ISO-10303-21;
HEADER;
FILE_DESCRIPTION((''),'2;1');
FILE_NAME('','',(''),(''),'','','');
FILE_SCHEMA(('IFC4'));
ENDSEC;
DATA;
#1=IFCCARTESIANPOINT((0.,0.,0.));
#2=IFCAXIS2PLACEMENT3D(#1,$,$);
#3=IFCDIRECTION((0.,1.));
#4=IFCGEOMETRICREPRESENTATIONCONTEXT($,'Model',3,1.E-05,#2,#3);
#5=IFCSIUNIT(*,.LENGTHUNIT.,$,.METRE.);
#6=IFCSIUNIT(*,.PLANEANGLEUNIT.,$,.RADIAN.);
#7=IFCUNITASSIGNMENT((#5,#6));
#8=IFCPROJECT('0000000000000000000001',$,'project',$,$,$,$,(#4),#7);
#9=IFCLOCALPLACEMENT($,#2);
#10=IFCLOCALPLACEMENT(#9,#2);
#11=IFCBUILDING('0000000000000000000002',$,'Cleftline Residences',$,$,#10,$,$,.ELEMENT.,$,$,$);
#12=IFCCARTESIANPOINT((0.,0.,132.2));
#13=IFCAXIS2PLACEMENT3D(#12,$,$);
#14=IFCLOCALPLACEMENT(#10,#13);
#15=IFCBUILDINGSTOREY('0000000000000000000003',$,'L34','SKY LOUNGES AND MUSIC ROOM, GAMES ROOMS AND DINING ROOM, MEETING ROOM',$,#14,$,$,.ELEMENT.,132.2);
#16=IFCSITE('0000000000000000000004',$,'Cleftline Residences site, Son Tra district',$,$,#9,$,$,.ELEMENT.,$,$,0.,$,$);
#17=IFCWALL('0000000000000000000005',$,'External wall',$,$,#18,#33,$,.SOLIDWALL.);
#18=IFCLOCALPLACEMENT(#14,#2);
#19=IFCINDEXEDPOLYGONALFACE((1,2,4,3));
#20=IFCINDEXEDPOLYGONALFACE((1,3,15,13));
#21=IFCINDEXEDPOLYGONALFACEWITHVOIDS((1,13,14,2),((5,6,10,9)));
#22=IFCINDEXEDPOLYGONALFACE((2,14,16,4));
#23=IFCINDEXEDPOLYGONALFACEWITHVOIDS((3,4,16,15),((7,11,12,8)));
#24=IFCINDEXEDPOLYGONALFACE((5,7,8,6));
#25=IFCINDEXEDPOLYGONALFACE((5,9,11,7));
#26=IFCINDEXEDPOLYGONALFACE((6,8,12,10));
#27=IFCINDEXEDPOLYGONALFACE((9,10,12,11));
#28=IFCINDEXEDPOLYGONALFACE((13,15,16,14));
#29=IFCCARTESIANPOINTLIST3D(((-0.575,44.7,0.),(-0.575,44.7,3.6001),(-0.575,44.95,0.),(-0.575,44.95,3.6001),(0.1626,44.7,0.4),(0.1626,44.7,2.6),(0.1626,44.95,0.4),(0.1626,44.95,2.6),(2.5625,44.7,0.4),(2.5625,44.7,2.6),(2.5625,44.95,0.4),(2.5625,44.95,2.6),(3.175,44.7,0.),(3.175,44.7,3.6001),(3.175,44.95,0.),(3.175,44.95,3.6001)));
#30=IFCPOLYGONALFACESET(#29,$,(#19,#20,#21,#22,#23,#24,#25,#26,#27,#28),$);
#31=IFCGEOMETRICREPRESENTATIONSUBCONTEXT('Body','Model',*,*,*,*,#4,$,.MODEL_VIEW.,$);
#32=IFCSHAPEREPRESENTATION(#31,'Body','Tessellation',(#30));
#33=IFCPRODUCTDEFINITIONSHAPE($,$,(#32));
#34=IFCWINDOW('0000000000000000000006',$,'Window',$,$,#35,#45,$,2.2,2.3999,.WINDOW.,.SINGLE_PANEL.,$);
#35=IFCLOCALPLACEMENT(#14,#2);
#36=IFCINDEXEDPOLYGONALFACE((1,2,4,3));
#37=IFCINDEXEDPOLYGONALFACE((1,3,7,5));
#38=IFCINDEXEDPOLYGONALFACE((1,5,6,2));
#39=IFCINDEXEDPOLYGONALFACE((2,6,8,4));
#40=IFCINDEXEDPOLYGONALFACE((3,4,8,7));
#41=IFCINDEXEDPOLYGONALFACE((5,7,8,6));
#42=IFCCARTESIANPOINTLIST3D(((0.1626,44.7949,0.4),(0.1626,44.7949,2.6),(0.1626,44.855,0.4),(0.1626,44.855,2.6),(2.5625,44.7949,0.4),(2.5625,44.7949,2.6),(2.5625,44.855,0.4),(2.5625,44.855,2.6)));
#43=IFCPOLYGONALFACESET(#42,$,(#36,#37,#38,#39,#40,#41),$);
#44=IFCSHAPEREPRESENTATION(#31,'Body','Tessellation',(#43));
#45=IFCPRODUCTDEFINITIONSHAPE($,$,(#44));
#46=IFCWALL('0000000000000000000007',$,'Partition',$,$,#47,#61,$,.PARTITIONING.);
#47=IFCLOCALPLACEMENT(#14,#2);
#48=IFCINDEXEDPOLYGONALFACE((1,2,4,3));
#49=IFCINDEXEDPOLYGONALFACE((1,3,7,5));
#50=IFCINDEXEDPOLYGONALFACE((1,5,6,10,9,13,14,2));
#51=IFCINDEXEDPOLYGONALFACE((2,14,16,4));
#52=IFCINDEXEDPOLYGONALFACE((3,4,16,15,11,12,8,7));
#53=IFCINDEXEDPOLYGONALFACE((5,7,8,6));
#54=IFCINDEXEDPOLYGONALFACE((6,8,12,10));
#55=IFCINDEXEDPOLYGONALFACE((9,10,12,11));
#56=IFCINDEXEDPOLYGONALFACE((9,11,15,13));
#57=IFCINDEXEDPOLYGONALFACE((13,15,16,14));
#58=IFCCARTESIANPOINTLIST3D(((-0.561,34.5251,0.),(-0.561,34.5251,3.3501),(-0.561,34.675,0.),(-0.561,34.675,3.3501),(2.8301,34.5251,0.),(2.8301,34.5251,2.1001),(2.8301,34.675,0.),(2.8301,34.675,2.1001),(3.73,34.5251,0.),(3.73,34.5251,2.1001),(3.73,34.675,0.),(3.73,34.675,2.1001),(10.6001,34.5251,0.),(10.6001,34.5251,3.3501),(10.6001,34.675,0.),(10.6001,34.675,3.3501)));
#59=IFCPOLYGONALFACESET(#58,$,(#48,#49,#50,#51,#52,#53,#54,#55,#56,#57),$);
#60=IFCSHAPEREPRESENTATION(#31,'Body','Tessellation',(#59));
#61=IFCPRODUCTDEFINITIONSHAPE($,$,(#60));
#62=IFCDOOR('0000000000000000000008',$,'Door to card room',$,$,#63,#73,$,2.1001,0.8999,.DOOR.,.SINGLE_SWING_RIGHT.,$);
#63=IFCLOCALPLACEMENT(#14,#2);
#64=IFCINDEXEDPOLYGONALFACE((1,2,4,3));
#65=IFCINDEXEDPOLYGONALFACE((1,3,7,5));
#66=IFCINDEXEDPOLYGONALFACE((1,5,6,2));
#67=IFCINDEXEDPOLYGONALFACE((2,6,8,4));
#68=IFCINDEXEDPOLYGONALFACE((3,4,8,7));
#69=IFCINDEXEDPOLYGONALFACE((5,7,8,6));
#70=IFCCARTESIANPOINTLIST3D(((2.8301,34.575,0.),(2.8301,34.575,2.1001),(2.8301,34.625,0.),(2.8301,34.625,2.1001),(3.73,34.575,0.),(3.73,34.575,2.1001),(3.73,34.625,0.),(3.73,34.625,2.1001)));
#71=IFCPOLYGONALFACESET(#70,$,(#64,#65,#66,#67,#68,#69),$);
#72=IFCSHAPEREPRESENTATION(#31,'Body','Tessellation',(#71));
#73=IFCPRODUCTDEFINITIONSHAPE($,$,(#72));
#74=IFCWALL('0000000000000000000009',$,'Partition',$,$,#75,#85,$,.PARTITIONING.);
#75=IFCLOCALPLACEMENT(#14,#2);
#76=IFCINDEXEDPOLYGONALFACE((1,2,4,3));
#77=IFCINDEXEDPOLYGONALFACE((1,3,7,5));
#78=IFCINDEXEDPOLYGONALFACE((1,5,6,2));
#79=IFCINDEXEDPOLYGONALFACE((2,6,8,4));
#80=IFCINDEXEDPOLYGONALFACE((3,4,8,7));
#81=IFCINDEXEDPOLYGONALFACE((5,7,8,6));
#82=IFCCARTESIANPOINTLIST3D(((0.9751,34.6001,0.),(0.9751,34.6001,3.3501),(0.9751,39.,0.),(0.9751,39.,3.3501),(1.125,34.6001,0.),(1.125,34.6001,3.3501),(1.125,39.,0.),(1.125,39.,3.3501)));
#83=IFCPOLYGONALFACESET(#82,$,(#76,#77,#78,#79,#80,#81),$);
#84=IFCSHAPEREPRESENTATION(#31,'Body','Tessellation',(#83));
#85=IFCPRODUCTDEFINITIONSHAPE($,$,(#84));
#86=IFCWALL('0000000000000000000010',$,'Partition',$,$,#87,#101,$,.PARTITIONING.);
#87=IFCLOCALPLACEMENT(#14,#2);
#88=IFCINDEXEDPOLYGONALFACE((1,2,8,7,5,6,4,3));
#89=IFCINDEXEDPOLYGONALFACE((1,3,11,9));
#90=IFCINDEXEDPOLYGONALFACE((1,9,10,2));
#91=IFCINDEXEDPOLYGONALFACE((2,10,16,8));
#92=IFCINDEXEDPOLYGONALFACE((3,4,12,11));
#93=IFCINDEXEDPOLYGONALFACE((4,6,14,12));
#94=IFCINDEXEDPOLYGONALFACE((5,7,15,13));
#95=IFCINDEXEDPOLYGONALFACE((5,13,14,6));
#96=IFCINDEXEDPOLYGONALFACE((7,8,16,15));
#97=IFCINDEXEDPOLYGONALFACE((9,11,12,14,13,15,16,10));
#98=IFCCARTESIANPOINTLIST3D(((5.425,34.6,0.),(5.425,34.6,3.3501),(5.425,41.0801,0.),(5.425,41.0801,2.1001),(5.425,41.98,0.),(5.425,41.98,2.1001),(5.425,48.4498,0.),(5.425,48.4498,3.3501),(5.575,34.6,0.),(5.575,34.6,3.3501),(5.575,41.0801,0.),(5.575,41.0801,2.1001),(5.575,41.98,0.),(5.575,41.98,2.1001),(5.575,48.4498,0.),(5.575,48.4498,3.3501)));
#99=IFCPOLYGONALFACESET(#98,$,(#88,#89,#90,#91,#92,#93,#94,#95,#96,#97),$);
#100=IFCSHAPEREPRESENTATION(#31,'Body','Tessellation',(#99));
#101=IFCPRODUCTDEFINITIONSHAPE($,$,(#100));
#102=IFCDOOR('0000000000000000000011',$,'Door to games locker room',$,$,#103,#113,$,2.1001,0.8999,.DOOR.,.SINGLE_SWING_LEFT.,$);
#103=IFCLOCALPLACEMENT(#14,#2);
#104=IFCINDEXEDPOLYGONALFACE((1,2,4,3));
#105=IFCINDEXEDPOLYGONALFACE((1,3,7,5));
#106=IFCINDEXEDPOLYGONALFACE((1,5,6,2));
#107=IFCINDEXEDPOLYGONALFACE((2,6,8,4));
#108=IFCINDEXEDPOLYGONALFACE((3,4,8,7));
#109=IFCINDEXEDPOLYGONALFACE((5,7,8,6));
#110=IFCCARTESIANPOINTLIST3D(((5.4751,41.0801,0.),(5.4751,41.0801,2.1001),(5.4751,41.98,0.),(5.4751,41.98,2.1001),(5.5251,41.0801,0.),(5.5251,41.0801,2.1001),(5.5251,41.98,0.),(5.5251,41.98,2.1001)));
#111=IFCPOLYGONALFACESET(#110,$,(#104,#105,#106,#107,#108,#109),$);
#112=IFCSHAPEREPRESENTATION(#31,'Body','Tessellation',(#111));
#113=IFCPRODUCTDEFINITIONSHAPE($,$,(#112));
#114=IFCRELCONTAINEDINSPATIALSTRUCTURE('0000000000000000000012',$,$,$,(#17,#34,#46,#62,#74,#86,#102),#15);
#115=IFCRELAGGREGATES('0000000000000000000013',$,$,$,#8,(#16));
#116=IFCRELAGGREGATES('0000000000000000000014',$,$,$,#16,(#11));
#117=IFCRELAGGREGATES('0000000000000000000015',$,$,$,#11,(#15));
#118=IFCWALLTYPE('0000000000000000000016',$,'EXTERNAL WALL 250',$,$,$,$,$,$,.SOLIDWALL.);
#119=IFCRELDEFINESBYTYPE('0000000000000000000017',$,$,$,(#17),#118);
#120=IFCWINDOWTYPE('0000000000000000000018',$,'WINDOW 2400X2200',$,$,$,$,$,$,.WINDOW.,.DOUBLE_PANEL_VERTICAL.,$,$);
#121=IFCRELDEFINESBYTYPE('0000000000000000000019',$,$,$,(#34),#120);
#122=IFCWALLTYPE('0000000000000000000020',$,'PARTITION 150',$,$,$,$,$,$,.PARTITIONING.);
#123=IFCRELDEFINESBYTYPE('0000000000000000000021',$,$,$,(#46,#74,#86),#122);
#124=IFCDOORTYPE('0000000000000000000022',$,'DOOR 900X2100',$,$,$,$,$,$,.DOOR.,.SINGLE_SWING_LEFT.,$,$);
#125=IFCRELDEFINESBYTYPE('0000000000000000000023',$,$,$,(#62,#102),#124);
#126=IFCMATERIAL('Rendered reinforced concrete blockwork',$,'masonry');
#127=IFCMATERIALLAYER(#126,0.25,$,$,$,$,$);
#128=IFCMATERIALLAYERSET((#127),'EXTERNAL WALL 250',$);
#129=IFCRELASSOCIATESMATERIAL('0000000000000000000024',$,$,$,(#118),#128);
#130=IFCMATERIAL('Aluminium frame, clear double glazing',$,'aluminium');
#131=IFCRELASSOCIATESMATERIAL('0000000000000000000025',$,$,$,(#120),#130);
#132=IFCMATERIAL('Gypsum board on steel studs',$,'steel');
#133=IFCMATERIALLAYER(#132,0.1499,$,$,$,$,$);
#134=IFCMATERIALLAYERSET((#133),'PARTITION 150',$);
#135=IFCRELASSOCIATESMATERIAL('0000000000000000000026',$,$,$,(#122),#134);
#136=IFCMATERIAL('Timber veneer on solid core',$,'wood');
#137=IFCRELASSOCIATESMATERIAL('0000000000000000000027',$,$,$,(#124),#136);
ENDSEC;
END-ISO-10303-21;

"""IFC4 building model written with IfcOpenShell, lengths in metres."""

from ifc_helpers import new_model, si_unit, direction, frame, frame_2d, origin, place, context, subcontext, project, spatial, rectangle, extrude, material, layer, layer_set, type_object, element, fill, save


model = new_model("IFC4")

# Units and contexts
model_context = context("Model", 3, precision=1e-05, world=origin(), true_north=direction((0.0, 1.0)))
body_context = subcontext(model_context, "Body", "Model", "MODEL_VIEW")
ifc_project = project(units=[si_unit("LENGTHUNIT", "METRE"), si_unit("PLANEANGLEUNIT", "RADIAN")], contexts=[model_context])

# Site, building, storey
site_placement = place(None, origin())
site = spatial("IfcSite", under=ifc_project, at=site_placement, Name="Cleftline Residences site, Son Tra district", CompositionType="ELEMENT", RefElevation=0.0)
building_placement = place(site_placement, origin())
building = spatial("IfcBuilding", under=site, at=building_placement, Name="Cleftline Residences", CompositionType="ELEMENT")
storey_placement = place(building_placement, frame((0.0, 0.0, 132.2)))
storey = spatial("IfcBuildingStorey", under=building, at=storey_placement, Name="L34", Description="SKY LOUNGES AND MUSIC ROOM, GAMES ROOMS AND DINING ROOM, MEETING ROOM", CompositionType="ELEMENT", Elevation=132.2)

# Wall, opening, window
ifc_material_1 = material(Name="Rendered reinforced concrete blockwork", Category="masonry")
ifc_layer_1 = layer(ifc_material_1, 0.25)
ifc_layer_set_1 = layer_set([ifc_layer_1], Name="EXTERNAL WALL 250")
wall_type_1 = type_object("IfcWallType", Name="EXTERNAL WALL 250", PredefinedType="SOLIDWALL", material=ifc_layer_set_1)
ifc_material_2 = material(Name="Aluminium frame, clear double glazing", Category="aluminium")
window_type = type_object("IfcWindowType", Name="WINDOW 2400X2200", PartitioningType="DOUBLE_PANEL_VERTICAL", PredefinedType="WINDOW", material=ifc_material_2)
wall_1_placement = place(storey_placement, frame((3.175, 44.825, 0.0), z_axis=(0.0, 0.0, 1.0), x_axis=(-1.0, 0.0, 0.0)))
wall_1 = element("IfcWall", 1, at=wall_1_placement, inside=storey, type_object=wall_type_1, Name="External wall", PredefinedType="SOLIDWALL", context=body_context, shape_type="SweptSolid", body=[
    extrude(rectangle(XDim=3.75, YDim=0.25, at=frame_2d((1.875, 0.0))), origin(), (0.0, 0.0, 1.0), 3.6001),
])
opening_1_placement = place(wall_1_placement, frame((0.6125, 0.0, 0.3999)))
opening_1 = element("IfcOpeningElement", 2, at=opening_1_placement, cuts=wall_1, PredefinedType="OPENING", context=body_context, shape_type="SweptSolid", body=[
    extrude(rectangle(XDim=2.3999, YDim=2.2, at=frame_2d((1.2, 1.1001))), frame((0.0, 0.135, 0.0), z_axis=(0.0, -1.0, 0.0), x_axis=(1.0, 0.0, 0.0)), (0.0, 0.0, 1.0), 0.27),
])
window_1_placement = place(opening_1_placement, origin())
window_1 = element("IfcWindow", 3, at=window_1_placement, inside=storey, type_object=window_type, Name="Window", OverallHeight=2.2, OverallWidth=2.3999, PartitioningType="SINGLE_PANEL", PredefinedType="WINDOW", context=body_context, shape_type="SweptSolid", body=[
    extrude(rectangle(XDim=2.3999, YDim=2.2, at=frame_2d((1.2, 1.1001))), frame((0.0, 0.03, 0.0), z_axis=(0.0, -1.0, 0.0), x_axis=(1.0, 0.0, 0.0)), (0.0, 0.0, 1.0), 0.0601),
])
fill(opening_1, window_1)

# Wall, opening, door
ifc_material_3 = material(Name="Gypsum board on steel studs", Category="steel")
ifc_layer_2 = layer(ifc_material_3, 0.1499)
ifc_layer_set_2 = layer_set([ifc_layer_2], Name="PARTITION 150")
wall_type_2 = type_object("IfcWallType", Name="PARTITION 150", PredefinedType="PARTITIONING", material=ifc_layer_set_2)
wall_2_placement = place(storey_placement, frame((-0.561, 34.6001, 0.0), z_axis=(0.0, 0.0, 1.0), x_axis=(1.0, 0.0, 0.0)))
wall_2 = element("IfcWall", 4, at=wall_2_placement, inside=storey, type_object=wall_type_2, Name="Partition", PredefinedType="PARTITIONING", context=body_context, shape_type="SweptSolid", body=[
    extrude(rectangle(XDim=11.1611, YDim=0.1499, at=frame_2d((5.5806, 0.0))), origin(), (0.0, 0.0, 1.0), 3.3501),
])
opening_2_placement = place(wall_2_placement, frame((3.3911, 0.0, 0.0)))
opening_2 = element("IfcOpeningElement", 5, at=opening_2_placement, cuts=wall_2, PredefinedType="OPENING", context=body_context, shape_type="SweptSolid", body=[
    extrude(rectangle(XDim=0.8999, YDim=2.1001, at=frame_2d((0.45, 1.05))), frame((0.0, 0.085, 0.0), z_axis=(0.0, -1.0, 0.0), x_axis=(1.0, 0.0, 0.0)), (0.0, 0.0, 1.0), 0.1699),
])
ifc_material_4 = material(Name="Timber veneer on solid core", Category="wood")
door_type = type_object("IfcDoorType", Name="DOOR 900X2100", OperationType="SINGLE_SWING_LEFT", PredefinedType="DOOR", material=ifc_material_4)
door_1_placement = place(opening_2_placement, origin())
door_1 = element("IfcDoor", 6, at=door_1_placement, inside=storey, type_object=door_type, Name="Door to card room", OperationType="SINGLE_SWING_RIGHT", OverallHeight=2.1001, OverallWidth=0.8999, PredefinedType="DOOR", context=body_context, shape_type="SweptSolid", body=[
    extrude(rectangle(XDim=0.8999, YDim=2.1001, at=frame_2d((0.45, 1.05))), frame((0.0, 0.0249, 0.0), z_axis=(0.0, -1.0, 0.0), x_axis=(1.0, 0.0, 0.0)), (0.0, 0.0, 1.0), 0.05),
])
fill(opening_2, door_1)

# Wall
wall_3_placement = place(storey_placement, frame((1.05, 34.6001, 0.0), z_axis=(0.0, 0.0, 1.0), x_axis=(0.0, 1.0, 0.0)))
element("IfcWall", 7, at=wall_3_placement, inside=storey, type_object=wall_type_2, Name="Partition", PredefinedType="PARTITIONING", context=body_context, shape_type="SweptSolid", body=[
    extrude(rectangle(XDim=4.3999, YDim=0.1499, at=frame_2d((2.2, 0.0))), origin(), (0.0, 0.0, 1.0), 3.3501),
])

# Wall, opening, door
wall_4_placement = place(storey_placement, frame((5.5, 34.6001, 0.0), z_axis=(0.0, 0.0, 1.0), x_axis=(0.0, 1.0, 0.0)))
wall_4 = element("IfcWall", 8, at=wall_4_placement, inside=storey, type_object=wall_type_2, Name="Partition", PredefinedType="PARTITIONING", context=body_context, shape_type="SweptSolid", body=[
    extrude(rectangle(XDim=13.8499, YDim=0.1499, at=frame_2d((6.9248, 0.0))), origin(), (0.0, 0.0, 1.0), 3.3501),
])
opening_3_placement = place(wall_4_placement, frame((6.48, 0.0, 0.0)))
opening_3 = element("IfcOpeningElement", 9, at=opening_3_placement, cuts=wall_4, PredefinedType="OPENING", context=body_context, shape_type="SweptSolid", body=[
    extrude(rectangle(XDim=0.8999, YDim=2.1001, at=frame_2d((0.45, 1.05))), frame((0.0, 0.085, 0.0), z_axis=(0.0, -1.0, 0.0), x_axis=(1.0, 0.0, 0.0)), (0.0, 0.0, 1.0), 0.1699),
])
door_2_placement = place(opening_3_placement, origin())
door_2 = element("IfcDoor", 10, at=door_2_placement, inside=storey, type_object=door_type, Name="Door to games locker room", OperationType="SINGLE_SWING_LEFT", OverallHeight=2.1001, OverallWidth=0.8999, PredefinedType="DOOR", context=body_context, shape_type="SweptSolid", body=[
    extrude(rectangle(XDim=0.8999, YDim=2.1001, at=frame_2d((0.45, 1.05))), frame((0.0, 0.0249, 0.0), z_axis=(0.0, -1.0, 0.0), x_axis=(1.0, 0.0, 0.0)), (0.0, 0.0, 1.0), 0.05),
])
fill(opening_3, door_2)

save(model, "model.ifc")
